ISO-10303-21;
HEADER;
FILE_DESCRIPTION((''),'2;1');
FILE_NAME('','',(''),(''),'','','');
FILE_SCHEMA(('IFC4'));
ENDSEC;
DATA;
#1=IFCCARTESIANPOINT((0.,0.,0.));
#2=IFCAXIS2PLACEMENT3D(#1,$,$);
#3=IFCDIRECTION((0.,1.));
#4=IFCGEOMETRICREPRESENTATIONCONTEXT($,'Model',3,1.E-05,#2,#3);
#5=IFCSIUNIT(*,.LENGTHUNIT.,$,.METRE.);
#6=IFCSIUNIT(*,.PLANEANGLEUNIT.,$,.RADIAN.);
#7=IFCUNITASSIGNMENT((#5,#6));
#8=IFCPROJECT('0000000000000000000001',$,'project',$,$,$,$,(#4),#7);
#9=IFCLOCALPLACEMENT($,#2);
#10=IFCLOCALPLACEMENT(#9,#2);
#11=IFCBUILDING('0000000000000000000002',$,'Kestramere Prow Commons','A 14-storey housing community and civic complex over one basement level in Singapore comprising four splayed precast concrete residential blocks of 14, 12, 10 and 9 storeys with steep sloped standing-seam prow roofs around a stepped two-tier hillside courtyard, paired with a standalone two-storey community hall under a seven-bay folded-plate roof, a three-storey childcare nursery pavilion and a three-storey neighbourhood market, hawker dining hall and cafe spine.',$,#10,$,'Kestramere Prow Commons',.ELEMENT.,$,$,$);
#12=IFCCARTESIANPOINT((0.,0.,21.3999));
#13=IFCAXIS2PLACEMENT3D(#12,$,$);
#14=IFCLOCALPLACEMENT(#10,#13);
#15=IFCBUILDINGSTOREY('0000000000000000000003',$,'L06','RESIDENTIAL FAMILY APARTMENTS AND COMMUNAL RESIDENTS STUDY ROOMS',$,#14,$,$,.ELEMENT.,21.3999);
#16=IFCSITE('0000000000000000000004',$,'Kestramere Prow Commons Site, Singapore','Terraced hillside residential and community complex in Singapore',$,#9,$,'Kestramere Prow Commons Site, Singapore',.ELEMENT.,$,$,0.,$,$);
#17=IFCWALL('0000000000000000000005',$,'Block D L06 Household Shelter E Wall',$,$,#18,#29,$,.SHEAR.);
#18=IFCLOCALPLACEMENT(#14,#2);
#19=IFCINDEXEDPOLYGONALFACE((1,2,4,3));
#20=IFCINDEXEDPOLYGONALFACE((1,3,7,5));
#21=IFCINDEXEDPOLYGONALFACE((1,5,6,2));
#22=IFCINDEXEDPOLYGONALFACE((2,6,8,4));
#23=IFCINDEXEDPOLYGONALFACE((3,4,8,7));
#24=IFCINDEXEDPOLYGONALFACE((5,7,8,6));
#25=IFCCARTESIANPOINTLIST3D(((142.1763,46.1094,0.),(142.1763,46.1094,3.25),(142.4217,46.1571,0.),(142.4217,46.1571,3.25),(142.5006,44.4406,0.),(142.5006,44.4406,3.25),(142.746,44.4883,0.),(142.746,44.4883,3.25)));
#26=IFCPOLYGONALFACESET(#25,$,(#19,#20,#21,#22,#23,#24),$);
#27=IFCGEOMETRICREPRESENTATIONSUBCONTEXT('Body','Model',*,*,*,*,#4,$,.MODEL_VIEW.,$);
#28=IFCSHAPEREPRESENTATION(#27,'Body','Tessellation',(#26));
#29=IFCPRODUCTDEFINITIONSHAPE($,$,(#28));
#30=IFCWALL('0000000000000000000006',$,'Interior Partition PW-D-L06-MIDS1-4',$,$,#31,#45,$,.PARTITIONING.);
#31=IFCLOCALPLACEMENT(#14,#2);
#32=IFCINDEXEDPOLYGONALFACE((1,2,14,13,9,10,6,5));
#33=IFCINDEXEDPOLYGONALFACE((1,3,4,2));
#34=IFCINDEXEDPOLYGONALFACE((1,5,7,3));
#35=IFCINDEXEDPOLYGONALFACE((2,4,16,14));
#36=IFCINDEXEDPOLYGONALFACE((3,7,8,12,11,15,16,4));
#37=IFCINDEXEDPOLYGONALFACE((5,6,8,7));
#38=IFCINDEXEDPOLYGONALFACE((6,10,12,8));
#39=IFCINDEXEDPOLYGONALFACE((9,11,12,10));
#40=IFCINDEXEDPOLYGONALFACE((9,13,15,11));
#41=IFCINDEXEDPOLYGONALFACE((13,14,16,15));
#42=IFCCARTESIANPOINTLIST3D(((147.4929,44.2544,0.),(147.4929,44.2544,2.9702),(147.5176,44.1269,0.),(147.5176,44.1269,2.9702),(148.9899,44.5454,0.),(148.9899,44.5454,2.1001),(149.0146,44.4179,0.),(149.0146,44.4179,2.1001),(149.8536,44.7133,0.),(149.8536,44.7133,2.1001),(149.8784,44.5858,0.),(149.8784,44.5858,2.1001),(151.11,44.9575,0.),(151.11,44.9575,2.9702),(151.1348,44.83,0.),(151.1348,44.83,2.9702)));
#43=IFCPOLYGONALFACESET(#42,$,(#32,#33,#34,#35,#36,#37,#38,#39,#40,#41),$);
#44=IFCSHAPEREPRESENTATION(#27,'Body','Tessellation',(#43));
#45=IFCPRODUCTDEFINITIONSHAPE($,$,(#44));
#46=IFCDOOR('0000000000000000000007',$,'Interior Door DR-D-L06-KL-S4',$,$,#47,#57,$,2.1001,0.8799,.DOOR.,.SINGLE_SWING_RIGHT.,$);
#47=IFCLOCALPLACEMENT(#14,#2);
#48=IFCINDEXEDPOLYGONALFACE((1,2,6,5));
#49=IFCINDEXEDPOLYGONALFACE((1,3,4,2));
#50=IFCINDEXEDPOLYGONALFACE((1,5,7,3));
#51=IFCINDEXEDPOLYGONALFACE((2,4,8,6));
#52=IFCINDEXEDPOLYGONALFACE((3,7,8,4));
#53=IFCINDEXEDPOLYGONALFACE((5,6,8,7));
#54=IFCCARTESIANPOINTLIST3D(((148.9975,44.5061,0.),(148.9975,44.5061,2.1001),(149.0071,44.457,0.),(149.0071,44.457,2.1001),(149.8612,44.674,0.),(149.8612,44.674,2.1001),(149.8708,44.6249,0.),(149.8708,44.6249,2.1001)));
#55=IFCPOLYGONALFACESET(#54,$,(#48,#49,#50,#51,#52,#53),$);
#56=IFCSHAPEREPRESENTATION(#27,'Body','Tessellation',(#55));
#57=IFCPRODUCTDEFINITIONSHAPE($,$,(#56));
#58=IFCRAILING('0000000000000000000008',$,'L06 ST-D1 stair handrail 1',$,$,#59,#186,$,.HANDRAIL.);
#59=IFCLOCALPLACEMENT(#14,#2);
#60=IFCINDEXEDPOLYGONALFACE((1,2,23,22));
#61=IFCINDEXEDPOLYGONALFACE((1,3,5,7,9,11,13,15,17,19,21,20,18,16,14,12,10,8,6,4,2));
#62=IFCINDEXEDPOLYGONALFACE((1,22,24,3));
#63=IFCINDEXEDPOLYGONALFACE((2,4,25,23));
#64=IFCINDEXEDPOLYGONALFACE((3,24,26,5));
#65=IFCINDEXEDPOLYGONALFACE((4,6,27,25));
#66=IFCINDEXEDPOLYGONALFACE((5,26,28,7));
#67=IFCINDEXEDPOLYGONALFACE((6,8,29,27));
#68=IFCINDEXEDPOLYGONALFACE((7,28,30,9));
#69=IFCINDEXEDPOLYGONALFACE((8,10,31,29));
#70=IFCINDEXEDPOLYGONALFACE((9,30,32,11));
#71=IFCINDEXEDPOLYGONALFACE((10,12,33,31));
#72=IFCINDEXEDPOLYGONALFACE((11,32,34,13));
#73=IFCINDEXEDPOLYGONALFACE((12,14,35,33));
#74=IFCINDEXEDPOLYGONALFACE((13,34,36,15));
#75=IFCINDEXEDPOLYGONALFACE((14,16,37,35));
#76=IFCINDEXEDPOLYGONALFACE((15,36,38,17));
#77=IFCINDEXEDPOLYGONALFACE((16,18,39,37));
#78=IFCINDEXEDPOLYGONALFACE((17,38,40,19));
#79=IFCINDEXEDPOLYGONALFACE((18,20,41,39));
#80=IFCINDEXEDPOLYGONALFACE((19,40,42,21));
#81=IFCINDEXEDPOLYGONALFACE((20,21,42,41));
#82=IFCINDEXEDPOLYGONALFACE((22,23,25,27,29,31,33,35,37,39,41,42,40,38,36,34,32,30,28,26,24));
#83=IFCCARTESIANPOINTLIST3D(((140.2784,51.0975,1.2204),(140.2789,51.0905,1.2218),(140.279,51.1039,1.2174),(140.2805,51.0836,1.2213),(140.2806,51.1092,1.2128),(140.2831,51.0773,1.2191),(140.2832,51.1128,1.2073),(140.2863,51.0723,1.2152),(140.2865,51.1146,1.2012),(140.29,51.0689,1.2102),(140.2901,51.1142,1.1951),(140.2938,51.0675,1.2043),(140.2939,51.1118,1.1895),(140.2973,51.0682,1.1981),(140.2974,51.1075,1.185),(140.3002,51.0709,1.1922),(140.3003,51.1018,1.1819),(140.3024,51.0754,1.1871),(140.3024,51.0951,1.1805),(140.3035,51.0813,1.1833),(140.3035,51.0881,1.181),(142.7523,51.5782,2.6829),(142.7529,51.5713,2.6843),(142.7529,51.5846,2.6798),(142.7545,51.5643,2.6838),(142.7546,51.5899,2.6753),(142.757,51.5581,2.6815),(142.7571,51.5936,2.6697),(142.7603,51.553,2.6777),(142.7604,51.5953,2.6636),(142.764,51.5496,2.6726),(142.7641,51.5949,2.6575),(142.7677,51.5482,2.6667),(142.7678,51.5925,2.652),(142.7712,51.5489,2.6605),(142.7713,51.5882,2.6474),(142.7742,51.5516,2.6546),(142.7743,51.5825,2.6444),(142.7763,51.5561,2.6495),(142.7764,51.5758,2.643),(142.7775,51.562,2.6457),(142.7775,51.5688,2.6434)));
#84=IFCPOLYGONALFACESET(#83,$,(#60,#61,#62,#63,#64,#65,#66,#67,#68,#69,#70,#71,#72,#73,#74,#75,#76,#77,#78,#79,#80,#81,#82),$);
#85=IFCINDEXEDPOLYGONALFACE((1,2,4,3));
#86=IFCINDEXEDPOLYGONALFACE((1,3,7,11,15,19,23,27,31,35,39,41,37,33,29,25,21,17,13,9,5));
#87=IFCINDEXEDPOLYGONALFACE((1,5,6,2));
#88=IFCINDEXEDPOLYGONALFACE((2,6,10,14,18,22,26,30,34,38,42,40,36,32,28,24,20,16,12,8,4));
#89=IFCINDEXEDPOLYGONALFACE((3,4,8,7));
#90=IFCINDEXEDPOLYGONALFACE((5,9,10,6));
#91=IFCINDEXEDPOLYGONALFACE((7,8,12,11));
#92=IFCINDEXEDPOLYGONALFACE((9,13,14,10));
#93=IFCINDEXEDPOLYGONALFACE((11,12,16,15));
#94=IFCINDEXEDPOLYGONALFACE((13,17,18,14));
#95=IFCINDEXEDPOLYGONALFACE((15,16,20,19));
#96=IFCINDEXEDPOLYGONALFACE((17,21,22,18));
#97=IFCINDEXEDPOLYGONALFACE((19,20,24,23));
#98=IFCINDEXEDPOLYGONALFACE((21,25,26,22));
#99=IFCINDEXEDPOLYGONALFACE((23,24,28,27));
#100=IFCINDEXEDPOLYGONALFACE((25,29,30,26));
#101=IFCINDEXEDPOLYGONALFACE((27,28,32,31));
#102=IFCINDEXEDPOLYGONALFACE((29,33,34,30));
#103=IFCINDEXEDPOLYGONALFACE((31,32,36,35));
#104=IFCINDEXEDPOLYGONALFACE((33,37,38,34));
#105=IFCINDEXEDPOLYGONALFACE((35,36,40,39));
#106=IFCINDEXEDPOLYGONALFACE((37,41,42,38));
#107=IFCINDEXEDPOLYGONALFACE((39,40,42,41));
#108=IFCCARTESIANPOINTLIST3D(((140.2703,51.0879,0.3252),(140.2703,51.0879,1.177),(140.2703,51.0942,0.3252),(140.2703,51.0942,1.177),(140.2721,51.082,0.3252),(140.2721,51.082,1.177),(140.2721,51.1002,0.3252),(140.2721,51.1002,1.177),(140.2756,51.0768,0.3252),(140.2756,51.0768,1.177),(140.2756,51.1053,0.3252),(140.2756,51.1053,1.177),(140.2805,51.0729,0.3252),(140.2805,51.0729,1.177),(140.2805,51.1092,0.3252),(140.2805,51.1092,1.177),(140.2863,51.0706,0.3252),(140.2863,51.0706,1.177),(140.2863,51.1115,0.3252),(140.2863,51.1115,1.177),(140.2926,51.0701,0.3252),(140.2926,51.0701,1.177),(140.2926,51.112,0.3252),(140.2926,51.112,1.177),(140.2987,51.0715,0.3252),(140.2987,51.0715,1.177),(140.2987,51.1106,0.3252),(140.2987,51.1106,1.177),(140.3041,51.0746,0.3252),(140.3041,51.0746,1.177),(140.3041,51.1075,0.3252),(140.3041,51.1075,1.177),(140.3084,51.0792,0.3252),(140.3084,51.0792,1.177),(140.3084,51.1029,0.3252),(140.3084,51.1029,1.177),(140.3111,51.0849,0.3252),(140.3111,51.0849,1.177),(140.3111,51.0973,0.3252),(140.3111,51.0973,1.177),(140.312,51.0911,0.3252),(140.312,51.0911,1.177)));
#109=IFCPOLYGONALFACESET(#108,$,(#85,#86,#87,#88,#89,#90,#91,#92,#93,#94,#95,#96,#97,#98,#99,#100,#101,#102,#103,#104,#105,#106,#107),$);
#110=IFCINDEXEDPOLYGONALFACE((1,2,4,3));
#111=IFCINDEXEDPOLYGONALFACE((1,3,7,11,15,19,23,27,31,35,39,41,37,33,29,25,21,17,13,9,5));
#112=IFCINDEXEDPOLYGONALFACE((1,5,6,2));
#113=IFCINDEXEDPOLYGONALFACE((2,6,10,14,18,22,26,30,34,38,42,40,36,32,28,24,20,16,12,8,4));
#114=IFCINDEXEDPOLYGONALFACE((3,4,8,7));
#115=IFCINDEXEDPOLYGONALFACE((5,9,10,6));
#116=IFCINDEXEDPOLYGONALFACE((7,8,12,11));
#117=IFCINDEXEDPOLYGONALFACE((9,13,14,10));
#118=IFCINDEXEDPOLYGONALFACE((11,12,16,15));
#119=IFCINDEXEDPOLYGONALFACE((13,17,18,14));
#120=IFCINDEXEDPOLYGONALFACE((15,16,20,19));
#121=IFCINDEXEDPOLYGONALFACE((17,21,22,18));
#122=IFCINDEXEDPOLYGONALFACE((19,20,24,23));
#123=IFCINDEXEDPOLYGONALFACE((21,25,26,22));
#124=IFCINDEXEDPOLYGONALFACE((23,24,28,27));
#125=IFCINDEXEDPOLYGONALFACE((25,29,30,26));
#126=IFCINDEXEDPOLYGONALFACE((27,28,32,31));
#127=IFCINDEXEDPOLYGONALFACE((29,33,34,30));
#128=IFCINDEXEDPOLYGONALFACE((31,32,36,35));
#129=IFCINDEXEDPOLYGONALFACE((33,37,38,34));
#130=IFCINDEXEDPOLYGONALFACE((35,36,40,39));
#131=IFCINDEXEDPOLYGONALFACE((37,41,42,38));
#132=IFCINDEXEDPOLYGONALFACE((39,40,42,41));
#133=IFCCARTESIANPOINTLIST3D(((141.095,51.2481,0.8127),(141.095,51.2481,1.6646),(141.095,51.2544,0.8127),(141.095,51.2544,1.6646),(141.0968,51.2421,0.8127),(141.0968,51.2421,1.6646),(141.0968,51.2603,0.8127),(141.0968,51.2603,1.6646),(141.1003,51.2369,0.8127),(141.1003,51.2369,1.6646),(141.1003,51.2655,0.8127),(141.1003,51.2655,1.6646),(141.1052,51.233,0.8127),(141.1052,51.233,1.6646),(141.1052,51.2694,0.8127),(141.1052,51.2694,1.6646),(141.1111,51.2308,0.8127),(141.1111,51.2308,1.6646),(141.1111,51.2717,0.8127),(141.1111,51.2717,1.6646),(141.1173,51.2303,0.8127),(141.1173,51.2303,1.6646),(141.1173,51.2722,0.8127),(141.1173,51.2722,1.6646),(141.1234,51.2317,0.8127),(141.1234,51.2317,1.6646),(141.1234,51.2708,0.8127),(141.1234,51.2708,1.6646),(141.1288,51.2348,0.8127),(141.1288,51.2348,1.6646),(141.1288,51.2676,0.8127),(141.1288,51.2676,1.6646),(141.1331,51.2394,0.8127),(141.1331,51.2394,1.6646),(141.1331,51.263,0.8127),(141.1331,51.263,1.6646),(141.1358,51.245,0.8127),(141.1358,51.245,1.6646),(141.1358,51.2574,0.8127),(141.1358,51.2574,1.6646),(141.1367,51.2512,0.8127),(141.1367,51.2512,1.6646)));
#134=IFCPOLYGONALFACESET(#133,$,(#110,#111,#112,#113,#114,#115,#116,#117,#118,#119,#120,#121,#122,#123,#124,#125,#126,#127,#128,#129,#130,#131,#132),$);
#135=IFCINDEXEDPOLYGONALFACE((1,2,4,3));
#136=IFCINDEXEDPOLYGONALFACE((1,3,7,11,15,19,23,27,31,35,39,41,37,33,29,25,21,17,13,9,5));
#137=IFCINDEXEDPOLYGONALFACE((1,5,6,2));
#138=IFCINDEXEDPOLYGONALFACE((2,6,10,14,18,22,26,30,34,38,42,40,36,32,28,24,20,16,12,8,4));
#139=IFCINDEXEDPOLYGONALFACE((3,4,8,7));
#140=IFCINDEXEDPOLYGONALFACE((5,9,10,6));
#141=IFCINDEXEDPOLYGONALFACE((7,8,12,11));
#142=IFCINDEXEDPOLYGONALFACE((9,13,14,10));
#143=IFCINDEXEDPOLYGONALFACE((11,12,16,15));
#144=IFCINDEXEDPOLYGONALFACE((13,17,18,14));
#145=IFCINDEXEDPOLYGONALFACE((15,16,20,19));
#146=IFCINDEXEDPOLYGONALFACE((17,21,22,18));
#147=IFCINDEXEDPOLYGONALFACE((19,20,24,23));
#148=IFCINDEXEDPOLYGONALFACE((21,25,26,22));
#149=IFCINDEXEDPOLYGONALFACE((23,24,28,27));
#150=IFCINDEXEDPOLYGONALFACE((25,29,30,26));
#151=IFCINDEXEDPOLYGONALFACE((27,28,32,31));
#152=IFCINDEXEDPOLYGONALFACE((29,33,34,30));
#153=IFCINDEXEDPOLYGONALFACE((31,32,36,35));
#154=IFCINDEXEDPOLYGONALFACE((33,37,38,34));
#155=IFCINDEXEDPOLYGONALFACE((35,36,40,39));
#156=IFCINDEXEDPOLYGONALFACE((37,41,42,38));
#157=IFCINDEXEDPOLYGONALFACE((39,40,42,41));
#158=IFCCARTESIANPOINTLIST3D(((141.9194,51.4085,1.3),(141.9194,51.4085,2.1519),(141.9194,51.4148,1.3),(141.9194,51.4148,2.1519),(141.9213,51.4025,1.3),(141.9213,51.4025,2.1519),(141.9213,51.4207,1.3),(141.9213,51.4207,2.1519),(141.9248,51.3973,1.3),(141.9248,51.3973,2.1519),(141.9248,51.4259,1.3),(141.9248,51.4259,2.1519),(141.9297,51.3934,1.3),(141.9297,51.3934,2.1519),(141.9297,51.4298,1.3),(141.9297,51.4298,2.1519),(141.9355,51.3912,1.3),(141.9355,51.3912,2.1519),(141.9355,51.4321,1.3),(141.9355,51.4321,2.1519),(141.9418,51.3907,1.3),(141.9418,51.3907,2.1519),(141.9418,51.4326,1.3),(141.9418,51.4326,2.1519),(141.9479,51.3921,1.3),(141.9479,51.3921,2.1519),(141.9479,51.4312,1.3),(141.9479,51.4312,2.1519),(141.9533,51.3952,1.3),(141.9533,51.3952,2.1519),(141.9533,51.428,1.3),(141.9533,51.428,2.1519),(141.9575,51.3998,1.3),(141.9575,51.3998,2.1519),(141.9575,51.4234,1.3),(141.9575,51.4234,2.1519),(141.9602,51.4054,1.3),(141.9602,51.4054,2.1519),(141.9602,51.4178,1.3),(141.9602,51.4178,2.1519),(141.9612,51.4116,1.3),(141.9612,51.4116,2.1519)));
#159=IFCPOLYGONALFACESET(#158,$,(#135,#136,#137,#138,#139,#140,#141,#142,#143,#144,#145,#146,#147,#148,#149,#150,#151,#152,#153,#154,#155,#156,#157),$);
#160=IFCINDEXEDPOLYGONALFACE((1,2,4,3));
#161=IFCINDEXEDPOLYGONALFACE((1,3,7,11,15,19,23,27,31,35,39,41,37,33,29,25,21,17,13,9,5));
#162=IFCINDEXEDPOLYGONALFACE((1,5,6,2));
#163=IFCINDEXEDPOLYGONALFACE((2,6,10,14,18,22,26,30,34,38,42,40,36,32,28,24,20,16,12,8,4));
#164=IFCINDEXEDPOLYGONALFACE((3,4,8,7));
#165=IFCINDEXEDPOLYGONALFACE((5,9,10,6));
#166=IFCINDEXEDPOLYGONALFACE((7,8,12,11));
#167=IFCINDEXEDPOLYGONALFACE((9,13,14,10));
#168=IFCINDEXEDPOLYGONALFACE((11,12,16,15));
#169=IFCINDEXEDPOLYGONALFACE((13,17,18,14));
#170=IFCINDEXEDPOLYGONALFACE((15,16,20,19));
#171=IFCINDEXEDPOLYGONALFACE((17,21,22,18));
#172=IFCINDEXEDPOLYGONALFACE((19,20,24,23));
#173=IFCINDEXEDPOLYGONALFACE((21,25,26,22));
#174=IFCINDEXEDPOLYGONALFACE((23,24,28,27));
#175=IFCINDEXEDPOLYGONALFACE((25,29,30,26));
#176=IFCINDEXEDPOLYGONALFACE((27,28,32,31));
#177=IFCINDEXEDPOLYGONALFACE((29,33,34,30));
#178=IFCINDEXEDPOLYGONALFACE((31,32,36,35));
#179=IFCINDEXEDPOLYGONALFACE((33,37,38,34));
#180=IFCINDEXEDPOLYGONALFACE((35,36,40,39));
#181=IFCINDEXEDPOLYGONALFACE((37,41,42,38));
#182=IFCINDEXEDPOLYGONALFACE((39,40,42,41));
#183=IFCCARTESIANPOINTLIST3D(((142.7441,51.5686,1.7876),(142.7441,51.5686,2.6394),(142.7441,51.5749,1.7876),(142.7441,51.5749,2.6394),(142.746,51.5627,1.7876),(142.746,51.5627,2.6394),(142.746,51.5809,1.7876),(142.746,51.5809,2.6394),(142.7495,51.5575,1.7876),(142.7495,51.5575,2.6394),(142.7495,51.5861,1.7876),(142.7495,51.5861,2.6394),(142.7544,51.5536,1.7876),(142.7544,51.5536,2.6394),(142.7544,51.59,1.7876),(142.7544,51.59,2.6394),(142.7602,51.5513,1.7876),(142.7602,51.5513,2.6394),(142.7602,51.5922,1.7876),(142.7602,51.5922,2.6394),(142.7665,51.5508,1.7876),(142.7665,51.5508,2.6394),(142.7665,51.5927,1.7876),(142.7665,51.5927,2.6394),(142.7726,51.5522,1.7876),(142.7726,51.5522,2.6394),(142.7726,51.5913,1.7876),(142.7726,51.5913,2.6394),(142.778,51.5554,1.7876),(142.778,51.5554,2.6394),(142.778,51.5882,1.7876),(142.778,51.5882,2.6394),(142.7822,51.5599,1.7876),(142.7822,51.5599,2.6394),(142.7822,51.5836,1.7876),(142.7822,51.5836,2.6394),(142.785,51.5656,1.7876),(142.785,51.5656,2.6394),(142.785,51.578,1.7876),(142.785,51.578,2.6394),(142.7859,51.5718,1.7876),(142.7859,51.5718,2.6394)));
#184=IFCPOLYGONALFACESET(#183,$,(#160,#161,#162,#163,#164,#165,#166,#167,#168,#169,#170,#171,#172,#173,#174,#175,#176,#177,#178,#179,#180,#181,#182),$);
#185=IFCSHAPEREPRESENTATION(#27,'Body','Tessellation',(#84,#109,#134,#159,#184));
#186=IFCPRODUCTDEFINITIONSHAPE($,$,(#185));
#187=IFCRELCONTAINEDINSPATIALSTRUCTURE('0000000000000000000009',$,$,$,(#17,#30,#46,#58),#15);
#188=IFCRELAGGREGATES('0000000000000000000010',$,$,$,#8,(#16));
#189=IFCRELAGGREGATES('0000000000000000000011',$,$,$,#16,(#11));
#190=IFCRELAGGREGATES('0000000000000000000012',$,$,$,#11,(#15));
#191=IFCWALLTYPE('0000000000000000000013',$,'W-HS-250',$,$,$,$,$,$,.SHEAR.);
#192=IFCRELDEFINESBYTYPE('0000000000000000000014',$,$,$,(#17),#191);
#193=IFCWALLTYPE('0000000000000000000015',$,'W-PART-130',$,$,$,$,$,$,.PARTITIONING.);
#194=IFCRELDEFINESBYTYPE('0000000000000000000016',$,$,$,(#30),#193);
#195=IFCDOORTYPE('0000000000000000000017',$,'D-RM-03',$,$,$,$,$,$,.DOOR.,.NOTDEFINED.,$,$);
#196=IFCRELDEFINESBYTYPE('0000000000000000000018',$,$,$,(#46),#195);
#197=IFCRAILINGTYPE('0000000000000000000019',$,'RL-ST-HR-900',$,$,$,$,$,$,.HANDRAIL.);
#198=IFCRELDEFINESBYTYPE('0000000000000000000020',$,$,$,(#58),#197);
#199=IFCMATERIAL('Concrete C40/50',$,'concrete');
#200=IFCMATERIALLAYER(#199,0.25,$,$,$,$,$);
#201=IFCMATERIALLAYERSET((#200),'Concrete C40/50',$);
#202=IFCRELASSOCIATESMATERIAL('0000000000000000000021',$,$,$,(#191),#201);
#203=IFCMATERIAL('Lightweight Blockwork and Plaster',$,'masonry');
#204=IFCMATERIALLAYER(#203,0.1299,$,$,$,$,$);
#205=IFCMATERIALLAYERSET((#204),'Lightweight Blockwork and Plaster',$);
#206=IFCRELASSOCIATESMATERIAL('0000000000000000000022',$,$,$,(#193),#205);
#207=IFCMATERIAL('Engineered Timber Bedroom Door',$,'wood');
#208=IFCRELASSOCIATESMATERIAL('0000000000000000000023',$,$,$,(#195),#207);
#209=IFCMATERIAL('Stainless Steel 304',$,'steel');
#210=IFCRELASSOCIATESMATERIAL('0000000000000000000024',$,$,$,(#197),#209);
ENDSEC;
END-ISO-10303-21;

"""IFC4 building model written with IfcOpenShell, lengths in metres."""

from ifc_helpers import new_model, si_unit, direction, frame, frame_2d, origin, origin_2d, place, context, subcontext, project, spatial, rectangle, circle, extrude, material, layer, layer_set, type_object, element, fill, save


model = new_model("IFC4")

# Units and contexts
model_context = context("Model", 3, precision=1e-05, world=origin(), true_north=direction((0.0, 1.0)))
body_context = subcontext(model_context, "Body", "Model", "MODEL_VIEW")
ifc_project = project(units=[si_unit("LENGTHUNIT", "METRE"), si_unit("PLANEANGLEUNIT", "RADIAN")], contexts=[model_context])

# Site, building, storey
site_placement = place(None, origin())
site = spatial("IfcSite", under=ifc_project, at=site_placement, Name="Kestramere Prow Commons Site, Singapore", Description="Terraced hillside residential and community complex in Singapore", LongName="Kestramere Prow Commons Site, Singapore", CompositionType="ELEMENT", RefElevation=0.0)
building_placement = place(site_placement, origin())
building = spatial("IfcBuilding", under=site, at=building_placement, Name="Kestramere Prow Commons", Description="A 14-storey housing community and civic complex over one basement level in Singapore comprising four splayed precast concrete residential blocks of 14, 12, 10 and 9 storeys with steep sloped standing-seam prow roofs around a stepped two-tier hillside courtyard, paired with a standalone two-storey community hall under a seven-bay folded-plate roof, a three-storey childcare nursery pavilion and a three-storey neighbourhood market, hawker dining hall and cafe spine.", LongName="Kestramere Prow Commons", CompositionType="ELEMENT")
storey_placement = place(building_placement, frame((0.0, 0.0, 21.3999)))
storey = spatial("IfcBuildingStorey", under=building, at=storey_placement, Name="L06", Description="RESIDENTIAL FAMILY APARTMENTS AND COMMUNAL RESIDENTS STUDY ROOMS", CompositionType="ELEMENT", Elevation=21.3999)

# Shared definitions
ifc_material_1 = material(Name="Concrete C40/50", Category="concrete")

# Wall
ifc_layer_1 = layer(ifc_material_1, 0.25)
ifc_layer_set_1 = layer_set([ifc_layer_1], Name="Concrete C40/50")
wall_type_1 = type_object("IfcWallType", Name="W-HS-250", PredefinedType="SHEAR", material=ifc_layer_set_1)
wall_1_placement = place(storey_placement, frame((142.6233, 44.4644, 0.0), z_axis=(0.0, 0.0, 1.0), x_axis=(-0.190727, 0.981643, 0.0)))
element("IfcWall", 1, at=wall_1_placement, inside=storey, type_object=wall_type_1, Name="Block D L06 Household Shelter E Wall", PredefinedType="SHEAR", context=body_context, shape_type="SweptSolid", body=[
    extrude(rectangle(XDim=1.7, YDim=0.25, at=frame_2d((0.8501, 0.0))), origin(), (0.0, 0.0, 1.0), 3.25),
])

# Wall, opening, door
ifc_material_2 = material(Name="Lightweight Blockwork and Plaster", Category="masonry")
ifc_layer_2 = layer(ifc_material_2, 0.1299)
ifc_layer_set_2 = layer_set([ifc_layer_2], Name="Lightweight Blockwork and Plaster")
wall_type_2 = type_object("IfcWallType", Name="W-PART-130", PredefinedType="PARTITIONING", material=ifc_layer_set_2)
wall_2_placement = place(storey_placement, frame((147.5054, 44.1907, 0.0), z_axis=(0.0, 0.0, 1.0), x_axis=(0.981626, 0.190813, 0.0)))
wall_2 = element("IfcWall", 2, at=wall_2_placement, inside=storey, type_object=wall_type_2, Name="Interior Partition PW-D-L06-MIDS1-4", PredefinedType="PARTITIONING", context=body_context, shape_type="SweptSolid", body=[
    extrude(rectangle(XDim=3.6848, YDim=0.1299, at=frame_2d((1.8423, 0.0))), origin(), (0.0, 0.0, 1.0), 2.9702),
])
opening_1_placement = place(wall_2_placement, frame((1.5249, 0.0, 0.0)))
opening_1 = element("IfcOpeningElement", 3, at=opening_1_placement, cuts=wall_2, PredefinedType="OPENING", context=body_context, shape_type="SweptSolid", body=[
    extrude(rectangle(XDim=0.8799, YDim=2.1001, at=frame_2d((0.4399, 1.05))), frame((0.0, 0.0798, 0.0), z_axis=(0.0, -1.0, 0.0), x_axis=(1.0, 0.0, 0.0)), (0.0, 0.0, 1.0), 0.1599),
])
ifc_material_3 = material(Name="Engineered Timber Bedroom Door", Category="wood")
door_type_1 = type_object("IfcDoorType", Name="D-RM-03", OperationType="NOTDEFINED", PredefinedType="DOOR", material=ifc_material_3)
door_1_placement = place(opening_1_placement, origin())
door_1 = element("IfcDoor", 4, at=door_1_placement, inside=storey, type_object=door_type_1, Name="Interior Door DR-D-L06-KL-S4", OperationType="SINGLE_SWING_RIGHT", OverallHeight=2.1001, OverallWidth=0.8799, PredefinedType="DOOR", context=body_context, shape_type="SweptSolid", body=[
    extrude(rectangle(XDim=0.8799, YDim=2.1001, at=frame_2d((0.4399, 1.05))), frame((0.0, 0.0249, 0.0), z_axis=(0.0, -1.0, 0.0), x_axis=(1.0, 0.0, 0.0)), (0.0, 0.0, 1.0), 0.05),
])
fill(opening_1, door_1)

# Railing
ifc_material_4 = material(Name="Stainless Steel 304", Category="steel")
railing_type = type_object("IfcRailingType", Name="RL-ST-HR-900", PredefinedType="HANDRAIL", material=ifc_material_4)
railing_1_placement = place(storey_placement, frame((140.291, 51.0911, 0.3252)))
element("IfcRailing", 5, at=railing_1_placement, inside=storey, type_object=railing_type, Name="L06 ST-D1 stair handrail 1", PredefinedType="HANDRAIL", context=body_context, shape_type="SweptSolid", body=[
    extrude(circle(Radius=0.0239, at=origin_2d()), frame((0.0, 0.0, 0.876), z_axis=(0.849044, 0.164982, 0.501902), x_axis=(-0.190748, 0.981639, 0.0)), (0.0, 0.0, 1.0), 2.9138),
    extrude(circle(Radius=0.021, at=origin_2d()), origin(), (0.0, 0.0, 1.0), 0.8518),
    extrude(circle(Radius=0.021, at=origin_2d()), frame((0.8247, 0.1602, 0.4875)), (0.0, 0.0, 1.0), 0.8518),
    extrude(circle(Radius=0.021, at=origin_2d()), frame((1.6492, 0.3206, 0.9749)), (0.0, 0.0, 1.0), 0.8518),
    extrude(circle(Radius=0.021, at=origin_2d()), frame((2.4739, 0.4807, 1.4624)), (0.0, 0.0, 1.0), 0.8518),
])

save(model, "model.ifc")
